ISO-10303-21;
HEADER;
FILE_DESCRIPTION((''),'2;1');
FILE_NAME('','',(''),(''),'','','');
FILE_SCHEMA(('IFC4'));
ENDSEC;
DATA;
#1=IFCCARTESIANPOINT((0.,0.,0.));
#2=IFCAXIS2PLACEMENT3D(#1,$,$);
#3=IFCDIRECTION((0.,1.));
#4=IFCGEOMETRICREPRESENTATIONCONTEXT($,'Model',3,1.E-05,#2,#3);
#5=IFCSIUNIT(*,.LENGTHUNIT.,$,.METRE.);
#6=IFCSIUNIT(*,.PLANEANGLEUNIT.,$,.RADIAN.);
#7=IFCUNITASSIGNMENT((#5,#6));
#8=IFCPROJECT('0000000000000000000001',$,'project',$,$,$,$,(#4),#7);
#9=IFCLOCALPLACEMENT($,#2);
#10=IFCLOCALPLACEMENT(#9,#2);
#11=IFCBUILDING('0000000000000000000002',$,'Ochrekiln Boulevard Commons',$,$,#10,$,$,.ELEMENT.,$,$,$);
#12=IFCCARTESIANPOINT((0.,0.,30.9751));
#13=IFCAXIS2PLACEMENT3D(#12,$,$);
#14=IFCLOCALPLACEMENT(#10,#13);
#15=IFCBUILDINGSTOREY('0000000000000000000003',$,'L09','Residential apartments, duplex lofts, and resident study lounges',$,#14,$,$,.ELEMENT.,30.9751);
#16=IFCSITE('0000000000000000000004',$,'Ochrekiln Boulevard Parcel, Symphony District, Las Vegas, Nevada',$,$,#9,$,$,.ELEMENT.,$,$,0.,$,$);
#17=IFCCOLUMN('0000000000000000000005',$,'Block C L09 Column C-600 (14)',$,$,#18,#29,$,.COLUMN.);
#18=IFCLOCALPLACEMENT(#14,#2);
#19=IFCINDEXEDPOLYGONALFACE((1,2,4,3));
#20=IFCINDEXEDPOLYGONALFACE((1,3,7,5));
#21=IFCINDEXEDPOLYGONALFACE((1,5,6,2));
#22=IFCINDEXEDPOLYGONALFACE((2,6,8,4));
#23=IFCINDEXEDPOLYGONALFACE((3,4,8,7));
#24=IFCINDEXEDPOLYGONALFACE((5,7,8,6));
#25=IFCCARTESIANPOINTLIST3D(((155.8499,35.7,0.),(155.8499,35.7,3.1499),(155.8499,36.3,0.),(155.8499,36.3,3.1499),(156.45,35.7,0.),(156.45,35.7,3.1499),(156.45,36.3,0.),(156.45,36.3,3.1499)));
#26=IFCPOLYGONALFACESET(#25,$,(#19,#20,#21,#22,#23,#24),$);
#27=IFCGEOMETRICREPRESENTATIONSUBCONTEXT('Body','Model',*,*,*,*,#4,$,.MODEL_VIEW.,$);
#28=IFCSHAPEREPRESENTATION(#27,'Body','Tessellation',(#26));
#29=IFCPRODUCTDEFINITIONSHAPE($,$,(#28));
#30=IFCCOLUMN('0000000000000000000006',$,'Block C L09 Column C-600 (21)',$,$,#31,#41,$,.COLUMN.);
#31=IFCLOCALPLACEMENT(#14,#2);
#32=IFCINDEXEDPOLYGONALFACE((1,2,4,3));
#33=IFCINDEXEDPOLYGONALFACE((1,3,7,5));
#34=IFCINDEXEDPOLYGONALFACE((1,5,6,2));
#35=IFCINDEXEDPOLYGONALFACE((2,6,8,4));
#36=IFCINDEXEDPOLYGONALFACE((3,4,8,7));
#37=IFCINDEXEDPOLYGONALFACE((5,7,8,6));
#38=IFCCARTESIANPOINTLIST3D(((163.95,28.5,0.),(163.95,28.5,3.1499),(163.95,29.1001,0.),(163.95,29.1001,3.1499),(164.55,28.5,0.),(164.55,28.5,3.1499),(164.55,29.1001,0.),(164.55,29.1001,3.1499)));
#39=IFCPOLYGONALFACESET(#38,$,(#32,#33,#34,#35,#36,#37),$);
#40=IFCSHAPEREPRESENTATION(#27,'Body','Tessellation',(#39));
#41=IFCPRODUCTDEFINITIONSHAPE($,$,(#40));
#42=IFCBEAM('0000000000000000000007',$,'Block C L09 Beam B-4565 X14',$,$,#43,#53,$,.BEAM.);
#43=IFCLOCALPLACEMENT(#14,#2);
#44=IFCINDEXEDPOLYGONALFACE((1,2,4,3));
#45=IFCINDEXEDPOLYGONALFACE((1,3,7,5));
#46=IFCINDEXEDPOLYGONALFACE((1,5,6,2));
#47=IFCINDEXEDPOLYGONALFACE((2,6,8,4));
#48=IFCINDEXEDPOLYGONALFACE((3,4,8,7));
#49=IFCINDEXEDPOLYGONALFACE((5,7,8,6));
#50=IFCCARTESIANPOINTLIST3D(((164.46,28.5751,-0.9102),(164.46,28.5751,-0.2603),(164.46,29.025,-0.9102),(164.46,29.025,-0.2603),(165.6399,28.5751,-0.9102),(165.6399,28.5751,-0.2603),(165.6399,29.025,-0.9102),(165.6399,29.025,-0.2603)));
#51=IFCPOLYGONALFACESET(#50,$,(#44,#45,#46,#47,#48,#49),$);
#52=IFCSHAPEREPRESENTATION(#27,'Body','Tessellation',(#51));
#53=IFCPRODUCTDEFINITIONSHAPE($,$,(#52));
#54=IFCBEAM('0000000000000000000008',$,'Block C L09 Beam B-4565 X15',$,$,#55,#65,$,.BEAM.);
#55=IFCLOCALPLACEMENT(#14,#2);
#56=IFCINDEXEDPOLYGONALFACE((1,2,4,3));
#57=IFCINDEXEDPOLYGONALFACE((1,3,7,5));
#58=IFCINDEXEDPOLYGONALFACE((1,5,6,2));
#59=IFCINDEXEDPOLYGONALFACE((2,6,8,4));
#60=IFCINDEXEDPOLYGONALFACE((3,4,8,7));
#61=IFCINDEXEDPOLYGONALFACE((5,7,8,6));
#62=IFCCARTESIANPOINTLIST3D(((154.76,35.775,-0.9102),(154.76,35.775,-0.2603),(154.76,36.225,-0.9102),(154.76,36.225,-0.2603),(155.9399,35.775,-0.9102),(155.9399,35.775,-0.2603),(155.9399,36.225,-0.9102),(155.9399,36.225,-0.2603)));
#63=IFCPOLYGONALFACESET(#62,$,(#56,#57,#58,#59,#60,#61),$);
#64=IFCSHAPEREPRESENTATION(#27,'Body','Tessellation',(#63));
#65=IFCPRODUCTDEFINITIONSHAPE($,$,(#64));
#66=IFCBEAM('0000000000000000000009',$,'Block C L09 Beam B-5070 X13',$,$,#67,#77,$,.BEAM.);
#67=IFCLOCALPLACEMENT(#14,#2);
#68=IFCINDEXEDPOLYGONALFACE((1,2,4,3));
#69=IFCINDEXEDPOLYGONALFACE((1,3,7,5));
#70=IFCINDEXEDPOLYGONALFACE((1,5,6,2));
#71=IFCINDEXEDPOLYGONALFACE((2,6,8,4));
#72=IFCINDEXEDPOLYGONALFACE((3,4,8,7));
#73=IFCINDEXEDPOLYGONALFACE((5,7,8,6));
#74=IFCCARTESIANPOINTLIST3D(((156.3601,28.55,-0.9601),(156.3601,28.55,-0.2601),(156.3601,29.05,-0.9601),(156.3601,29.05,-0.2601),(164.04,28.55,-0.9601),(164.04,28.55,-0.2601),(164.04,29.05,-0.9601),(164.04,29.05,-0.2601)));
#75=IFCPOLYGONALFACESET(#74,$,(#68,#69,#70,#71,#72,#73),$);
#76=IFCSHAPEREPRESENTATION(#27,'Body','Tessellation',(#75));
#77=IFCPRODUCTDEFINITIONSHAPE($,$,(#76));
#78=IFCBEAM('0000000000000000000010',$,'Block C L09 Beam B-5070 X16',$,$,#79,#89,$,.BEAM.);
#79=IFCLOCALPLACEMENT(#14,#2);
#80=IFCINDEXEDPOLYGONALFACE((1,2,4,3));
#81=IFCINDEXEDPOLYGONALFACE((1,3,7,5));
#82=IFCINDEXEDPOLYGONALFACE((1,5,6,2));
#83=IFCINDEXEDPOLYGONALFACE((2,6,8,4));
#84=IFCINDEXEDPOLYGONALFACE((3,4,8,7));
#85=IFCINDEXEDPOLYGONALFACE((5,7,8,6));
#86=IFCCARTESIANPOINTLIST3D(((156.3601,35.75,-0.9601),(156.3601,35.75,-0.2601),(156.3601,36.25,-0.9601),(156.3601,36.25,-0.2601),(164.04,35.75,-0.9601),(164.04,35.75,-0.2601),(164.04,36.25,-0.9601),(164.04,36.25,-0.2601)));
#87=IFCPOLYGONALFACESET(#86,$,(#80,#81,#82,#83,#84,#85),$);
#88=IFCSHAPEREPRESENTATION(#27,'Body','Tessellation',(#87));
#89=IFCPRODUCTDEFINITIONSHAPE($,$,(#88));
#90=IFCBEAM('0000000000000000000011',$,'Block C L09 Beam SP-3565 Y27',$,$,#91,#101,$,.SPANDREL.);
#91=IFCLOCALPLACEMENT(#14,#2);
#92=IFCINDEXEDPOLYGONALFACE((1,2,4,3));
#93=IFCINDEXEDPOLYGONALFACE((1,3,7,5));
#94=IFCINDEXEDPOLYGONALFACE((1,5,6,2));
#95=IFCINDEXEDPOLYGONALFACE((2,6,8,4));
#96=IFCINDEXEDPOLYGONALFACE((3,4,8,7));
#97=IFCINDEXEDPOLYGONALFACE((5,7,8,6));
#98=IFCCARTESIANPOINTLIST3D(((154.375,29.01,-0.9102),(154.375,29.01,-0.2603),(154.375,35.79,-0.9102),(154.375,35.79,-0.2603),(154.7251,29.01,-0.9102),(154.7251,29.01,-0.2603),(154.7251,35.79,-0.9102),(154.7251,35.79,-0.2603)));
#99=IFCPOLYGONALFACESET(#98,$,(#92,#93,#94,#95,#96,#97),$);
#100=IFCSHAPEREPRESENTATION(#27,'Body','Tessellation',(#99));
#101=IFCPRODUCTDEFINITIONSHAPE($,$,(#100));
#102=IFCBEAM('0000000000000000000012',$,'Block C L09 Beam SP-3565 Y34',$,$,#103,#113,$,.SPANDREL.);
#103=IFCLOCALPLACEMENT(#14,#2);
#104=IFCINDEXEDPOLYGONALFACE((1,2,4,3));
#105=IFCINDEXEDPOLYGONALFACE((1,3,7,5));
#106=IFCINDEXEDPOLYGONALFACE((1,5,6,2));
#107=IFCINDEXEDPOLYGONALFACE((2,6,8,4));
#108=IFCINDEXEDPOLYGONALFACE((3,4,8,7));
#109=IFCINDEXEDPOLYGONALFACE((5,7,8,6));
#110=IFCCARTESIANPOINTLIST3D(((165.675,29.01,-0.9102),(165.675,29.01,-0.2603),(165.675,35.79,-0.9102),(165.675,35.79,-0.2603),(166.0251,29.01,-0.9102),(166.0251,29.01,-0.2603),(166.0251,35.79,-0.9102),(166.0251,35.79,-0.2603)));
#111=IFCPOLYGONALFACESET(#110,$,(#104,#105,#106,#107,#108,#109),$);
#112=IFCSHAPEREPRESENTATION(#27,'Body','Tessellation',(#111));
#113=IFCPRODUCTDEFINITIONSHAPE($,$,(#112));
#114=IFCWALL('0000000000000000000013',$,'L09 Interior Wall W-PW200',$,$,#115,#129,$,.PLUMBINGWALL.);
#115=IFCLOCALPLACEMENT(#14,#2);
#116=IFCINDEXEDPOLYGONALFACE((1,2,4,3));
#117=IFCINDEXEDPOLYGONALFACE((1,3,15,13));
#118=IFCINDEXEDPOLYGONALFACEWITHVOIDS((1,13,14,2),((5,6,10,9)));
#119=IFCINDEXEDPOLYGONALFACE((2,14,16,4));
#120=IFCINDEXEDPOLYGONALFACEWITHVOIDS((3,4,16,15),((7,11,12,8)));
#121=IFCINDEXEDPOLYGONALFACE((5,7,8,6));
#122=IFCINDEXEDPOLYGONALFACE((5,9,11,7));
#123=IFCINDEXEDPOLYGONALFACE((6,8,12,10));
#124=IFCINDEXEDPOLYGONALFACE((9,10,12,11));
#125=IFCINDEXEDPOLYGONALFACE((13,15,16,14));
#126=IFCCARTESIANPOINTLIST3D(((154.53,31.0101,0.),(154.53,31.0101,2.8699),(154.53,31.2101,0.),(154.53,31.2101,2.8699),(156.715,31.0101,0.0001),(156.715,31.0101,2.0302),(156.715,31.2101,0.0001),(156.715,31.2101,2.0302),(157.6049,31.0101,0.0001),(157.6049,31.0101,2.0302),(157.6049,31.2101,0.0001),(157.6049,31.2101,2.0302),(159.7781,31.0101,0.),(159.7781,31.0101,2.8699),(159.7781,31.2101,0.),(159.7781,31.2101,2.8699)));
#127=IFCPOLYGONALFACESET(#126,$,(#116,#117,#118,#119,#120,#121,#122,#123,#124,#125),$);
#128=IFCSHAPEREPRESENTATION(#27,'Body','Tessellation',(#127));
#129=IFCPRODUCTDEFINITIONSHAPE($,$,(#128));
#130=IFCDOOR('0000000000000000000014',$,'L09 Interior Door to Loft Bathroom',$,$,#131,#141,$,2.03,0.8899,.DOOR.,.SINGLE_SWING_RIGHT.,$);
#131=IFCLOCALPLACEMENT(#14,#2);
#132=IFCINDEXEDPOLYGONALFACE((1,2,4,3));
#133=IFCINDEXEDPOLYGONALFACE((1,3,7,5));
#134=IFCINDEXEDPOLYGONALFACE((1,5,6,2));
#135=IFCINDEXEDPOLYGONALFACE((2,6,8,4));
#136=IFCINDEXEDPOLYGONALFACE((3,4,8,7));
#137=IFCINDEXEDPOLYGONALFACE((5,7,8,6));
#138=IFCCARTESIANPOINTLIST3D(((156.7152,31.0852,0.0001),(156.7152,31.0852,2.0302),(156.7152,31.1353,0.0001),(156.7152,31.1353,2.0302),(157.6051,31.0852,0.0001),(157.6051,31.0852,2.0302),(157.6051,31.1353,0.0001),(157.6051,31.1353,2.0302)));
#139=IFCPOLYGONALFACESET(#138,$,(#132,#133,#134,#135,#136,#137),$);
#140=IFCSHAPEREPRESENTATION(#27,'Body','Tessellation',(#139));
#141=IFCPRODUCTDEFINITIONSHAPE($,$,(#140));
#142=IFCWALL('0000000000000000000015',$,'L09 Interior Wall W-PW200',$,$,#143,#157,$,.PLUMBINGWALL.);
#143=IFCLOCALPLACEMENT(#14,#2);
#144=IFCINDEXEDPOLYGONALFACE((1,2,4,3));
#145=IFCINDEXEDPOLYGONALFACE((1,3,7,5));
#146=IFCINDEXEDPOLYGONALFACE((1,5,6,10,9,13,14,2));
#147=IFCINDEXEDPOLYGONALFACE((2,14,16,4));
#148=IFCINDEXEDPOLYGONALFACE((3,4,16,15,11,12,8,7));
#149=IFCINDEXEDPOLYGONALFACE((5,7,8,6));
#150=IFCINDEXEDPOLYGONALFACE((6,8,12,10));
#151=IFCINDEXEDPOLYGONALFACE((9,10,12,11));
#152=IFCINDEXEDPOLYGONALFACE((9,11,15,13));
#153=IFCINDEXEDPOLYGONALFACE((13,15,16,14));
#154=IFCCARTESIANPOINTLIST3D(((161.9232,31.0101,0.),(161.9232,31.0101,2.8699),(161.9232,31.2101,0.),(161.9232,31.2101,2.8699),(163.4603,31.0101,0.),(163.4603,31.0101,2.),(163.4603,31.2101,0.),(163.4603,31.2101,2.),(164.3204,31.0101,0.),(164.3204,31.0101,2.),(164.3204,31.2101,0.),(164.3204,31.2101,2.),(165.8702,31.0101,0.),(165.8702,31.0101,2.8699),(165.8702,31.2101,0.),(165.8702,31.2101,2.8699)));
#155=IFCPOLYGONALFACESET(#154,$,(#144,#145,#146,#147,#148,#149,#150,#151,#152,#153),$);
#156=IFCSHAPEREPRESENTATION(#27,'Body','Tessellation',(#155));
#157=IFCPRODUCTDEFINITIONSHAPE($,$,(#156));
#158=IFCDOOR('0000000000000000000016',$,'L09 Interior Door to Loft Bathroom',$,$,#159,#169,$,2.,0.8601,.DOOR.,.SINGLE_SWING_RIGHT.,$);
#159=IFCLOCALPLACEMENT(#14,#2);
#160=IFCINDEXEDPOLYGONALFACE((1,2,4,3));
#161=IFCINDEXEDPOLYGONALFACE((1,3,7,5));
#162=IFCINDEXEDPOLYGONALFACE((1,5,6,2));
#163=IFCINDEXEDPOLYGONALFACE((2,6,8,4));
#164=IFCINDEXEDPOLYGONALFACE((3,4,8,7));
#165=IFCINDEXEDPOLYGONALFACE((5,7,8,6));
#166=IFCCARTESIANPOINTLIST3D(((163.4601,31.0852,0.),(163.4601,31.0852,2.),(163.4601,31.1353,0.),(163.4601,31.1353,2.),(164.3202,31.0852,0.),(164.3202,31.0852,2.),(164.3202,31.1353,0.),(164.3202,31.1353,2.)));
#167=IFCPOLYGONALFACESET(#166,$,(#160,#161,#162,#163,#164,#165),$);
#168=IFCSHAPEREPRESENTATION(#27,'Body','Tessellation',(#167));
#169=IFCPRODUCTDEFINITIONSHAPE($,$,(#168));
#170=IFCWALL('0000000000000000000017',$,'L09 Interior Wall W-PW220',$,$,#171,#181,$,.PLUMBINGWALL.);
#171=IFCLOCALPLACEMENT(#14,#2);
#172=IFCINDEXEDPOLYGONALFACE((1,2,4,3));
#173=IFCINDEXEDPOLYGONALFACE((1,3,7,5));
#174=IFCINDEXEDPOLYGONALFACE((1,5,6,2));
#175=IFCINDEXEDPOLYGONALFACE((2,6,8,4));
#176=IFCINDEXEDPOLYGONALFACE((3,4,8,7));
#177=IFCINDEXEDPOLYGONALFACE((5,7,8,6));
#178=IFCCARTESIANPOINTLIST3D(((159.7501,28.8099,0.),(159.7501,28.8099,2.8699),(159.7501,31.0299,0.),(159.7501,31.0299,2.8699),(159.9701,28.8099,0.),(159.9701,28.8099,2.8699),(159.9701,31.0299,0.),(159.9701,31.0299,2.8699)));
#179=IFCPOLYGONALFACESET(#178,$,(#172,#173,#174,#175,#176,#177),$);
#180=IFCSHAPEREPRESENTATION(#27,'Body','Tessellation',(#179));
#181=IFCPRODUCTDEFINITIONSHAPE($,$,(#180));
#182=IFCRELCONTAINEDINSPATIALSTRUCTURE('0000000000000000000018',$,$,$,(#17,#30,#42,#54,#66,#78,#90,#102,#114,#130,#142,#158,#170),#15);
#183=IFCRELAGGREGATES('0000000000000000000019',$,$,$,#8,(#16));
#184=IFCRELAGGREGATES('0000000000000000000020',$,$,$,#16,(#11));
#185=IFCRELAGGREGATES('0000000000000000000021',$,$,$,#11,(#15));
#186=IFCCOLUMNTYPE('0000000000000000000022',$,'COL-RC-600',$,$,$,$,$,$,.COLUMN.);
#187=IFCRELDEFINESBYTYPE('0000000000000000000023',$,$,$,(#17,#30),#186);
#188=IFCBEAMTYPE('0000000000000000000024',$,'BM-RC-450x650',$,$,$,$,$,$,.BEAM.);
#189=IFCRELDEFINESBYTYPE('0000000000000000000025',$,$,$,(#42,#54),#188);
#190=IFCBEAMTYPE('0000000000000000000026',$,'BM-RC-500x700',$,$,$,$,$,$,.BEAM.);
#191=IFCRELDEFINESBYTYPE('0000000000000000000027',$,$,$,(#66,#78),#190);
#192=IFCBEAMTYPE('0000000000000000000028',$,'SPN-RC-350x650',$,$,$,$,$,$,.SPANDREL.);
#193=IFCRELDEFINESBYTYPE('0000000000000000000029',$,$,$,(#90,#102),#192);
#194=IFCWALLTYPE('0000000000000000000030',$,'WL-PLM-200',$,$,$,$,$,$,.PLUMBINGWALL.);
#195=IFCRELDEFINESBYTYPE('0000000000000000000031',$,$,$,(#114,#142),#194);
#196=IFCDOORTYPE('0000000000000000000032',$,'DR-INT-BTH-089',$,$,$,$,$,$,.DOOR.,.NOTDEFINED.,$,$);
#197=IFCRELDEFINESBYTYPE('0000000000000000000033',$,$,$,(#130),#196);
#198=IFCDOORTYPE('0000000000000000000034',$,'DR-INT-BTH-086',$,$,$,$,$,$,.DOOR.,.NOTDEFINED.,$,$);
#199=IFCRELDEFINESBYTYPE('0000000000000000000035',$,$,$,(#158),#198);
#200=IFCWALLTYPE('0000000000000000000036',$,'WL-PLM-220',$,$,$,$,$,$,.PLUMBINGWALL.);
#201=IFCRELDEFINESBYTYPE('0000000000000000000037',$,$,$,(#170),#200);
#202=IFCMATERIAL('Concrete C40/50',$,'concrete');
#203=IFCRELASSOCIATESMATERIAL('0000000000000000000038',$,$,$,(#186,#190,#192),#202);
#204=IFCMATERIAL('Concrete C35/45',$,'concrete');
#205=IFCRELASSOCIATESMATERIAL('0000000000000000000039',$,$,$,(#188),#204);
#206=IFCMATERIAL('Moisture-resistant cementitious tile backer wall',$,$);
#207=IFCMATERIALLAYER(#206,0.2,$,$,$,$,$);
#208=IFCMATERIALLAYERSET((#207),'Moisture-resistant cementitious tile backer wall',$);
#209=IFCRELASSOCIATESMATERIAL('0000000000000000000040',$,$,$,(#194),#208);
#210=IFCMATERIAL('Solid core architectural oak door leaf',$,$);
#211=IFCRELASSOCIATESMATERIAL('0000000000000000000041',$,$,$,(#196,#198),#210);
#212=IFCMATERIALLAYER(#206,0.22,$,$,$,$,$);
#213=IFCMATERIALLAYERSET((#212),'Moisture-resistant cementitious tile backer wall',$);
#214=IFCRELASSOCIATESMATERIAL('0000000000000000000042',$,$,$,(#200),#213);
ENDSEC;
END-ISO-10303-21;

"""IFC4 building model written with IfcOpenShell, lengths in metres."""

from ifc_helpers import new_model, si_unit, direction, frame, frame_2d, origin, origin_2d, place, context, subcontext, project, spatial, rectangle, extrude, material, layer, layer_set, material_profile, profile_set, type_object, element, fill, save


model = new_model("IFC4")

# Units and contexts
model_context = context("Model", 3, precision=1e-05, world=origin(), true_north=direction((0.0, 1.0)))
body_context = subcontext(model_context, "Body", "Model", "MODEL_VIEW")
ifc_project = project(units=[si_unit("LENGTHUNIT", "METRE"), si_unit("PLANEANGLEUNIT", "RADIAN")], contexts=[model_context])

# Site, building, storey
site_placement = place(None, origin())
site = spatial("IfcSite", under=ifc_project, at=site_placement, Name="Ochrekiln Boulevard Parcel, Symphony District, Las Vegas, Nevada", CompositionType="ELEMENT", RefElevation=0.0)
building_placement = place(site_placement, origin())
building = spatial("IfcBuilding", under=site, at=building_placement, Name="Ochrekiln Boulevard Commons", CompositionType="ELEMENT")
storey_placement = place(building_placement, frame((0.0, 0.0, 30.9751)))
storey = spatial("IfcBuildingStorey", under=building, at=storey_placement, Name="L09", Description="Residential apartments, duplex lofts, and resident study lounges", CompositionType="ELEMENT", Elevation=30.9751)

# Columns
ifc_material_1 = material(Name="Concrete C40/50", Category="concrete")
ifc_material_profile_1 = material_profile(ifc_material_1, rectangle(XDim=0.6001, YDim=0.6001, at=origin_2d()), Name="RC-COL-600x600")
ifc_profile_set_1 = profile_set([ifc_material_profile_1], Name="Concrete C40/50")
column_type = type_object("IfcColumnType", Name="COL-RC-600", PredefinedType="COLUMN", material=ifc_profile_set_1)
for number, where, z_axis, x_axis, name in (
    (1, (156.1499, 36.0, 0.0), (0.0, 0.0, 1.0), (1.0, 0.0, 0.0), "Block C L09 Column C-600 (14)"),
    (2, (164.25, 28.8, 0.0), (0.0, 0.0, 1.0), (1.0, 0.0, 0.0), "Block C L09 Column C-600 (21)"),
):
    element("IfcColumn", number, at=place(storey_placement, frame(where, z_axis=z_axis, x_axis=x_axis)), inside=storey, type_object=column_type, Name=name, PredefinedType="COLUMN", context=body_context, shape_type="SweptSolid", body=[
        extrude(rectangle(XDim=0.6001, YDim=0.6001, at=origin_2d()), origin(), (0.0, 0.0, 1.0), 3.1499),
    ])

# Beams
ifc_material_2 = material(Name="Concrete C35/45", Category="concrete")
ifc_material_profile_2 = material_profile(ifc_material_2, rectangle(XDim=0.45, YDim=0.6499, at=origin_2d()), Name="RC-BM-450x650")
ifc_profile_set_2 = profile_set([ifc_material_profile_2], Name="Concrete C35/45")
beam_type_1 = type_object("IfcBeamType", Name="BM-RC-450x650", PredefinedType="BEAM", material=ifc_profile_set_2)
for number, where, z_axis, x_axis, name in (
    (3, (164.46, 28.8, -0.5852), (1.0, 0.0, 0.0), (0.0, 1.0, 0.0), "Block C L09 Beam B-4565 X14"),
    (4, (154.76, 36.0, -0.5852), (1.0, 0.0, 0.0), (0.0, 1.0, 0.0), "Block C L09 Beam B-4565 X15"),
):
    element("IfcBeam", number, at=place(storey_placement, frame(where, z_axis=z_axis, x_axis=x_axis)), inside=storey, type_object=beam_type_1, Name=name, PredefinedType="BEAM", context=body_context, shape_type="SweptSolid", body=[
        extrude(rectangle(XDim=0.45, YDim=0.6499, at=origin_2d()), origin(), (0.0, 0.0, 1.0), 1.1799),
    ])
ifc_material_profile_3 = material_profile(ifc_material_1, rectangle(XDim=0.5, YDim=0.7, at=origin_2d()), Name="RC-BM-500x700")
ifc_profile_set_3 = profile_set([ifc_material_profile_3], Name="Concrete C40/50")
beam_type_2 = type_object("IfcBeamType", Name="BM-RC-500x700", PredefinedType="BEAM", material=ifc_profile_set_3)
for number, where, z_axis, x_axis, name in (
    (5, (156.3601, 28.8, -0.6101), (1.0, 0.0, 0.0), (0.0, 1.0, 0.0), "Block C L09 Beam B-5070 X13"),
    (6, (156.3601, 36.0, -0.6101), (1.0, 0.0, 0.0), (0.0, 1.0, 0.0), "Block C L09 Beam B-5070 X16"),
):
    element("IfcBeam", number, at=place(storey_placement, frame(where, z_axis=z_axis, x_axis=x_axis)), inside=storey, type_object=beam_type_2, Name=name, PredefinedType="BEAM", context=body_context, shape_type="SweptSolid", body=[
        extrude(rectangle(XDim=0.5, YDim=0.7, at=origin_2d()), origin(), (0.0, 0.0, 1.0), 7.6799),
    ])
ifc_material_profile_4 = material_profile(ifc_material_1, rectangle(XDim=0.3501, YDim=0.6499, at=origin_2d()), Name="RC-SPN-350x650")
ifc_profile_set_4 = profile_set([ifc_material_profile_4], Name="Concrete C40/50")
beam_type_3 = type_object("IfcBeamType", Name="SPN-RC-350x650", PredefinedType="SPANDREL", material=ifc_profile_set_4)
for number, where, z_axis, x_axis, name in (
    (7, (154.55, 29.01, -0.5852), (0.0, 1.0, 0.0), (-1.0, 0.0, 0.0), "Block C L09 Beam SP-3565 Y27"),
    (8, (165.8501, 29.01, -0.5852), (0.0, 1.0, 0.0), (-1.0, 0.0, 0.0), "Block C L09 Beam SP-3565 Y34"),
):
    element("IfcBeam", number, at=place(storey_placement, frame(where, z_axis=z_axis, x_axis=x_axis)), inside=storey, type_object=beam_type_3, Name=name, PredefinedType="SPANDREL", context=body_context, shape_type="SweptSolid", body=[
        extrude(rectangle(XDim=0.3501, YDim=0.6499, at=origin_2d()), origin(), (0.0, 0.0, 1.0), 6.78),
    ])

# Walls, openings, doors
ifc_material_3 = material(Name="Moisture-resistant cementitious tile backer wall")
ifc_layer_1 = layer(ifc_material_3, 0.2)
ifc_layer_set_1 = layer_set([ifc_layer_1], Name="Moisture-resistant cementitious tile backer wall")
wall_type_1 = type_object("IfcWallType", Name="WL-PLM-200", PredefinedType="PLUMBINGWALL", material=ifc_layer_set_1)
wall_1_placement = place(storey_placement, frame((154.53, 31.1101, 0.0), z_axis=(0.0, 0.0, 1.0), x_axis=(1.0, 0.0, 0.0)))
wall_1 = element("IfcWall", 9, at=wall_1_placement, inside=storey, type_object=wall_type_1, Name="L09 Interior Wall W-PW200", PredefinedType="PLUMBINGWALL", context=body_context, shape_type="SweptSolid", body=[
    extrude(rectangle(XDim=5.248, YDim=0.2, at=frame_2d((2.624, 0.0))), origin(), (0.0, 0.0, 1.0), 2.8699),
])
opening_1_placement = place(wall_1_placement, frame((2.1851, 0.0, 0.0)))
opening_1 = element("IfcOpeningElement", 10, at=opening_1_placement, cuts=wall_1, PredefinedType="OPENING", context=body_context, shape_type="SweptSolid", body=[
    extrude(rectangle(XDim=0.8899, YDim=2.03, at=frame_2d((0.4448, 1.0151))), frame((0.0, 0.1099, 0.0), z_axis=(0.0, -1.0, 0.0), x_axis=(1.0, 0.0, 0.0)), (0.0, 0.0, 1.0), 0.22),
])
ifc_material_4 = material(Name="Solid core architectural oak door leaf")
door_type_1 = type_object("IfcDoorType", Name="DR-INT-BTH-089", OperationType="NOTDEFINED", PredefinedType="DOOR", material=ifc_material_4)
door_1_placement = place(opening_1_placement, frame((0.8899, 0.0, 0.0), z_axis=(0.0, 0.0, 1.0), x_axis=(-1.0, 0.0, 0.0)))
door_1 = element("IfcDoor", 11, at=door_1_placement, inside=storey, type_object=door_type_1, Name="L09 Interior Door to Loft Bathroom", OperationType="SINGLE_SWING_RIGHT", OverallHeight=2.03, OverallWidth=0.8899, PredefinedType="DOOR", context=body_context, shape_type="SweptSolid", body=[
    extrude(rectangle(XDim=0.8899, YDim=2.03, at=frame_2d((0.4448, 1.0151))), frame((0.0, 0.0249, 0.0), z_axis=(0.0, -1.0, 0.0), x_axis=(1.0, 0.0, 0.0)), (0.0, 0.0, 1.0), 0.05),
])
fill(opening_1, door_1)
wall_2_placement = place(storey_placement, frame((161.9231, 31.1101, 0.0), z_axis=(0.0, 0.0, 1.0), x_axis=(1.0, 0.0, 0.0)))
wall_2 = element("IfcWall", 12, at=wall_2_placement, inside=storey, type_object=wall_type_1, Name="L09 Interior Wall W-PW200", PredefinedType="PLUMBINGWALL", context=body_context, shape_type="SweptSolid", body=[
    extrude(rectangle(XDim=3.947, YDim=0.2, at=frame_2d((1.9736, 0.0))), origin(), (0.0, 0.0, 1.0), 2.8699),
])
opening_2_placement = place(wall_2_placement, frame((1.5371, 0.0, 0.0)))
opening_2 = element("IfcOpeningElement", 13, at=opening_2_placement, cuts=wall_2, PredefinedType="OPENING", context=body_context, shape_type="SweptSolid", body=[
    extrude(rectangle(XDim=0.8601, YDim=2.0, at=frame_2d((0.4302, 1.0))), frame((0.0, 0.1099, 0.0), z_axis=(0.0, -1.0, 0.0), x_axis=(1.0, 0.0, 0.0)), (0.0, 0.0, 1.0), 0.22),
])
door_type_2 = type_object("IfcDoorType", Name="DR-INT-BTH-086", OperationType="NOTDEFINED", PredefinedType="DOOR", material=ifc_material_4)
door_2_placement = place(opening_2_placement, frame((0.8601, 0.0, 0.0), z_axis=(0.0, 0.0, 1.0), x_axis=(-1.0, 0.0, 0.0)))
door_2 = element("IfcDoor", 14, at=door_2_placement, inside=storey, type_object=door_type_2, Name="L09 Interior Door to Loft Bathroom", OperationType="SINGLE_SWING_RIGHT", OverallHeight=2.0, OverallWidth=0.8601, PredefinedType="DOOR", context=body_context, shape_type="SweptSolid", body=[
    extrude(rectangle(XDim=0.8601, YDim=2.0, at=frame_2d((0.4302, 1.0))), frame((0.0, 0.0249, 0.0), z_axis=(0.0, -1.0, 0.0), x_axis=(1.0, 0.0, 0.0)), (0.0, 0.0, 1.0), 0.05),
])
fill(opening_2, door_2)

# Wall
ifc_layer_2 = layer(ifc_material_3, 0.22)
ifc_layer_set_2 = layer_set([ifc_layer_2], Name="Moisture-resistant cementitious tile backer wall")
wall_type_2 = type_object("IfcWallType", Name="WL-PLM-220", PredefinedType="PLUMBINGWALL", material=ifc_layer_set_2)
for number, where, z_axis, x_axis, name in (
    (15, (159.8601, 28.8101, 0.0), (0.0, 0.0, 1.0), (0.0, 1.0, 0.0), "L09 Interior Wall W-PW220"),
):
    element("IfcWall", number, at=place(storey_placement, frame(where, z_axis=z_axis, x_axis=x_axis)), inside=storey, type_object=wall_type_2, Name=name, PredefinedType="PLUMBINGWALL", context=body_context, shape_type="SweptSolid", body=[
        extrude(rectangle(XDim=2.22, YDim=0.22, at=frame_2d((1.1099, 0.0))), origin(), (0.0, 0.0, 1.0), 2.8699),
    ])

save(model, "model.ifc")
